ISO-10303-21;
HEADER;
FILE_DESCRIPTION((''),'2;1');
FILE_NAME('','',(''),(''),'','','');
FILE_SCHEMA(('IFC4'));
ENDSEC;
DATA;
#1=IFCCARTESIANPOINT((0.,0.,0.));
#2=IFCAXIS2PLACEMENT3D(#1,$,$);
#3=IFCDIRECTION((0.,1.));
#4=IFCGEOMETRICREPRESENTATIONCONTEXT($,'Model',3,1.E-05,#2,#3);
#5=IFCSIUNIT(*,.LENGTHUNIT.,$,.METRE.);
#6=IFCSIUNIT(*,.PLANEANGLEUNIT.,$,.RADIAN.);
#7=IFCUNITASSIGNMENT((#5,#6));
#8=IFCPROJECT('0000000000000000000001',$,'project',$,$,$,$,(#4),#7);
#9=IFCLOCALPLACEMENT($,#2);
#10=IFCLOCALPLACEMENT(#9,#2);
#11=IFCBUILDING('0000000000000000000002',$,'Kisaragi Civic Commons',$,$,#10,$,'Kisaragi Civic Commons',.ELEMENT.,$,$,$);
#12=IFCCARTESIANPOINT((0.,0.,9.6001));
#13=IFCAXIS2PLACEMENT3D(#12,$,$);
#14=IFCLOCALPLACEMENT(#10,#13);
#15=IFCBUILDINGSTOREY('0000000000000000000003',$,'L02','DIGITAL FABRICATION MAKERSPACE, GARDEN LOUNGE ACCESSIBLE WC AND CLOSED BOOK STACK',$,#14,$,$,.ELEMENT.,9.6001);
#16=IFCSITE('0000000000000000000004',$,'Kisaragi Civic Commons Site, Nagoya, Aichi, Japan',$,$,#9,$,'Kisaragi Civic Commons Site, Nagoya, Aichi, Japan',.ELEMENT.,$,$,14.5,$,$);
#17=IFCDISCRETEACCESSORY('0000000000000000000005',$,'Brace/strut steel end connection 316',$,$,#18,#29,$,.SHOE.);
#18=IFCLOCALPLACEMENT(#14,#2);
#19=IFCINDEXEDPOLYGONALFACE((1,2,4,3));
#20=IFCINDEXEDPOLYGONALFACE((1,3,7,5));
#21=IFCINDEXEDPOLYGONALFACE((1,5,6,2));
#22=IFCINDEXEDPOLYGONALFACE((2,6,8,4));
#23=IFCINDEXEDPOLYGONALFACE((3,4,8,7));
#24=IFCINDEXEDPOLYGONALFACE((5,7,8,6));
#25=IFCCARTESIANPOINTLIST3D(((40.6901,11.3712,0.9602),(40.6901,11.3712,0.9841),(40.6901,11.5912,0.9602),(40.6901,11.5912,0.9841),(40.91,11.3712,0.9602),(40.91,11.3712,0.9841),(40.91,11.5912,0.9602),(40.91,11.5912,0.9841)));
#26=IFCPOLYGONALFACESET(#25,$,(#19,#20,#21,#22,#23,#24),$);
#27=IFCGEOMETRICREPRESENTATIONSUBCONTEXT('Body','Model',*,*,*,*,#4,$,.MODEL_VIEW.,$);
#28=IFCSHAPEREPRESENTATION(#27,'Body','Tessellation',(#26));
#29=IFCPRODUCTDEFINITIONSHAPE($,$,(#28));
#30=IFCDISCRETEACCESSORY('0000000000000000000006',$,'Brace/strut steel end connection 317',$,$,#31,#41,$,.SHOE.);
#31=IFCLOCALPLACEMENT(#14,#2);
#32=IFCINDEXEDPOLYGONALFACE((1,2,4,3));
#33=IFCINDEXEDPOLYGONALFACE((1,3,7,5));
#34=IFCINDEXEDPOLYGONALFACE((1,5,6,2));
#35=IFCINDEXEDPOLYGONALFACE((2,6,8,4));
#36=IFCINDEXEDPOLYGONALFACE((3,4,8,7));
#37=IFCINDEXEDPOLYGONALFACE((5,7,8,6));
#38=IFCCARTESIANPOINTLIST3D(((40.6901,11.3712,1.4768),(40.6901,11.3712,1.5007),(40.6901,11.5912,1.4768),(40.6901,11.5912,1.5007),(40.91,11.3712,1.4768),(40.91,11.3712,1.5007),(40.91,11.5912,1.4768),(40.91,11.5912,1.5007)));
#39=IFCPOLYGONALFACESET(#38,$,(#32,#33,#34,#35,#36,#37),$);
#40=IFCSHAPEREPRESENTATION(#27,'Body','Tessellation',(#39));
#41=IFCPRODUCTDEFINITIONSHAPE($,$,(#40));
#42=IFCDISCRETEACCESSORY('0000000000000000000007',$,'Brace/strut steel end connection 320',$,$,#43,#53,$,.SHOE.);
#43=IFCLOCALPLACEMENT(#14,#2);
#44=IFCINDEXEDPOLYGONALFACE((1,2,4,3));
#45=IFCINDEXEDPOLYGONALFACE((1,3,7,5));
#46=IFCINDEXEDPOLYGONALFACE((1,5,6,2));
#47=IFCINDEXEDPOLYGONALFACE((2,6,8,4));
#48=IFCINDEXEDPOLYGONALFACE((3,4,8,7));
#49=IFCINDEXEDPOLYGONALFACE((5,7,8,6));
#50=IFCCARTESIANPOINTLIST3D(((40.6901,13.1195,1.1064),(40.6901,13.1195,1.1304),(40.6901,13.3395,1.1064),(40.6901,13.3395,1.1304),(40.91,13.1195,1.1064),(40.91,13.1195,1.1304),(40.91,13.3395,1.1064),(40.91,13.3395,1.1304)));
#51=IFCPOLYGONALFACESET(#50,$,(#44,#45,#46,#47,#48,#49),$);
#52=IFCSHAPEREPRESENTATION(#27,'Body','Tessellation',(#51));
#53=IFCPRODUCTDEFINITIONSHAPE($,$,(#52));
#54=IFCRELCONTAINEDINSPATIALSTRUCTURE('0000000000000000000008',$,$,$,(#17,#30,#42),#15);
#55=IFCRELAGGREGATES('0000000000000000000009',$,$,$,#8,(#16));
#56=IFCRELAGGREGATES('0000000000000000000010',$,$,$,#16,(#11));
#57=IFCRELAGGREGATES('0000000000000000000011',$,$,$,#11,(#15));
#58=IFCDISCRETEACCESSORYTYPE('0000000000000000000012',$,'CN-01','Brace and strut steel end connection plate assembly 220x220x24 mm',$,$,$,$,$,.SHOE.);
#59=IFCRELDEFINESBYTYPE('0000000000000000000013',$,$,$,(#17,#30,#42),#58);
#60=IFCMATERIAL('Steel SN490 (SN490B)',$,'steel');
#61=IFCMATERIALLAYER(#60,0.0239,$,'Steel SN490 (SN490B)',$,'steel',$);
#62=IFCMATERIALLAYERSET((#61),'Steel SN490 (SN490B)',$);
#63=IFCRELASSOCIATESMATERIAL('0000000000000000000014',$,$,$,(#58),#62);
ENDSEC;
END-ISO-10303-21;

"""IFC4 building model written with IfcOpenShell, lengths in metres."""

from ifc_helpers import new_model, si_unit, direction, frame, origin, origin_2d, place, context, subcontext, project, spatial, rectangle, extrude, material, layer, layer_set, type_object, element, save


model = new_model("IFC4")

# Units and contexts
model_context = context("Model", 3, precision=1e-05, world=origin(), true_north=direction((0.0, 1.0)))
body_context = subcontext(model_context, "Body", "Model", "MODEL_VIEW")
ifc_project = project(units=[si_unit("LENGTHUNIT", "METRE"), si_unit("PLANEANGLEUNIT", "RADIAN")], contexts=[model_context])

# Site, building, storey
site_placement = place(None, origin())
site = spatial("IfcSite", under=ifc_project, at=site_placement, Name="Kisaragi Civic Commons Site, Nagoya, Aichi, Japan", LongName="Kisaragi Civic Commons Site, Nagoya, Aichi, Japan", CompositionType="ELEMENT", RefElevation=14.5)
building_placement = place(site_placement, origin())
building = spatial("IfcBuilding", under=site, at=building_placement, Name="Kisaragi Civic Commons", LongName="Kisaragi Civic Commons", CompositionType="ELEMENT")
storey_placement = place(building_placement, frame((0.0, 0.0, 9.6001)))
storey = spatial("IfcBuildingStorey", under=building, at=storey_placement, Name="L02", Description="DIGITAL FABRICATION MAKERSPACE, GARDEN LOUNGE ACCESSIBLE WC AND CLOSED BOOK STACK", CompositionType="ELEMENT", Elevation=9.6001)

# Shared definitions
ifc_material_1 = material(Name="Steel SN490 (SN490B)", Category="steel")

# Discrete accessories
ifc_layer_1 = layer(ifc_material_1, 0.0239, Name="Steel SN490 (SN490B)", Category="steel")
ifc_layer_set_1 = layer_set([ifc_layer_1], Name="Steel SN490 (SN490B)")
discrete_accessory_type = type_object("IfcDiscreteAccessoryType", Name="CN-01", Description="Brace and strut steel end connection plate assembly 220x220x24 mm", PredefinedType="SHOE", material=ifc_layer_set_1)
for number, where, z_axis, x_axis, name in (
    (1, (40.8, 11.4812, 0.9602), (0.0, 0.0, 1.0), (1.0, 0.0, 0.0), "Brace/strut steel end connection 316"),
    (2, (40.8, 11.4812, 1.4768), (0.0, 0.0, 1.0), (1.0, 0.0, 0.0), "Brace/strut steel end connection 317"),
    (3, (40.8, 13.2295, 1.1064), (0.0, 0.0, 1.0), (1.0, 0.0, 0.0), "Brace/strut steel end connection 320"),
):
    element("IfcDiscreteAccessory", number, at=place(storey_placement, frame(where, z_axis=z_axis, x_axis=x_axis)), inside=storey, type_object=discrete_accessory_type, Name=name, PredefinedType="SHOE", context=body_context, shape_type="SweptSolid", body=[
        extrude(rectangle(XDim=0.22, YDim=0.22, at=origin_2d()), origin(), (0.0, 0.0, 1.0), 0.0239),
    ])

save(model, "model.ifc")
